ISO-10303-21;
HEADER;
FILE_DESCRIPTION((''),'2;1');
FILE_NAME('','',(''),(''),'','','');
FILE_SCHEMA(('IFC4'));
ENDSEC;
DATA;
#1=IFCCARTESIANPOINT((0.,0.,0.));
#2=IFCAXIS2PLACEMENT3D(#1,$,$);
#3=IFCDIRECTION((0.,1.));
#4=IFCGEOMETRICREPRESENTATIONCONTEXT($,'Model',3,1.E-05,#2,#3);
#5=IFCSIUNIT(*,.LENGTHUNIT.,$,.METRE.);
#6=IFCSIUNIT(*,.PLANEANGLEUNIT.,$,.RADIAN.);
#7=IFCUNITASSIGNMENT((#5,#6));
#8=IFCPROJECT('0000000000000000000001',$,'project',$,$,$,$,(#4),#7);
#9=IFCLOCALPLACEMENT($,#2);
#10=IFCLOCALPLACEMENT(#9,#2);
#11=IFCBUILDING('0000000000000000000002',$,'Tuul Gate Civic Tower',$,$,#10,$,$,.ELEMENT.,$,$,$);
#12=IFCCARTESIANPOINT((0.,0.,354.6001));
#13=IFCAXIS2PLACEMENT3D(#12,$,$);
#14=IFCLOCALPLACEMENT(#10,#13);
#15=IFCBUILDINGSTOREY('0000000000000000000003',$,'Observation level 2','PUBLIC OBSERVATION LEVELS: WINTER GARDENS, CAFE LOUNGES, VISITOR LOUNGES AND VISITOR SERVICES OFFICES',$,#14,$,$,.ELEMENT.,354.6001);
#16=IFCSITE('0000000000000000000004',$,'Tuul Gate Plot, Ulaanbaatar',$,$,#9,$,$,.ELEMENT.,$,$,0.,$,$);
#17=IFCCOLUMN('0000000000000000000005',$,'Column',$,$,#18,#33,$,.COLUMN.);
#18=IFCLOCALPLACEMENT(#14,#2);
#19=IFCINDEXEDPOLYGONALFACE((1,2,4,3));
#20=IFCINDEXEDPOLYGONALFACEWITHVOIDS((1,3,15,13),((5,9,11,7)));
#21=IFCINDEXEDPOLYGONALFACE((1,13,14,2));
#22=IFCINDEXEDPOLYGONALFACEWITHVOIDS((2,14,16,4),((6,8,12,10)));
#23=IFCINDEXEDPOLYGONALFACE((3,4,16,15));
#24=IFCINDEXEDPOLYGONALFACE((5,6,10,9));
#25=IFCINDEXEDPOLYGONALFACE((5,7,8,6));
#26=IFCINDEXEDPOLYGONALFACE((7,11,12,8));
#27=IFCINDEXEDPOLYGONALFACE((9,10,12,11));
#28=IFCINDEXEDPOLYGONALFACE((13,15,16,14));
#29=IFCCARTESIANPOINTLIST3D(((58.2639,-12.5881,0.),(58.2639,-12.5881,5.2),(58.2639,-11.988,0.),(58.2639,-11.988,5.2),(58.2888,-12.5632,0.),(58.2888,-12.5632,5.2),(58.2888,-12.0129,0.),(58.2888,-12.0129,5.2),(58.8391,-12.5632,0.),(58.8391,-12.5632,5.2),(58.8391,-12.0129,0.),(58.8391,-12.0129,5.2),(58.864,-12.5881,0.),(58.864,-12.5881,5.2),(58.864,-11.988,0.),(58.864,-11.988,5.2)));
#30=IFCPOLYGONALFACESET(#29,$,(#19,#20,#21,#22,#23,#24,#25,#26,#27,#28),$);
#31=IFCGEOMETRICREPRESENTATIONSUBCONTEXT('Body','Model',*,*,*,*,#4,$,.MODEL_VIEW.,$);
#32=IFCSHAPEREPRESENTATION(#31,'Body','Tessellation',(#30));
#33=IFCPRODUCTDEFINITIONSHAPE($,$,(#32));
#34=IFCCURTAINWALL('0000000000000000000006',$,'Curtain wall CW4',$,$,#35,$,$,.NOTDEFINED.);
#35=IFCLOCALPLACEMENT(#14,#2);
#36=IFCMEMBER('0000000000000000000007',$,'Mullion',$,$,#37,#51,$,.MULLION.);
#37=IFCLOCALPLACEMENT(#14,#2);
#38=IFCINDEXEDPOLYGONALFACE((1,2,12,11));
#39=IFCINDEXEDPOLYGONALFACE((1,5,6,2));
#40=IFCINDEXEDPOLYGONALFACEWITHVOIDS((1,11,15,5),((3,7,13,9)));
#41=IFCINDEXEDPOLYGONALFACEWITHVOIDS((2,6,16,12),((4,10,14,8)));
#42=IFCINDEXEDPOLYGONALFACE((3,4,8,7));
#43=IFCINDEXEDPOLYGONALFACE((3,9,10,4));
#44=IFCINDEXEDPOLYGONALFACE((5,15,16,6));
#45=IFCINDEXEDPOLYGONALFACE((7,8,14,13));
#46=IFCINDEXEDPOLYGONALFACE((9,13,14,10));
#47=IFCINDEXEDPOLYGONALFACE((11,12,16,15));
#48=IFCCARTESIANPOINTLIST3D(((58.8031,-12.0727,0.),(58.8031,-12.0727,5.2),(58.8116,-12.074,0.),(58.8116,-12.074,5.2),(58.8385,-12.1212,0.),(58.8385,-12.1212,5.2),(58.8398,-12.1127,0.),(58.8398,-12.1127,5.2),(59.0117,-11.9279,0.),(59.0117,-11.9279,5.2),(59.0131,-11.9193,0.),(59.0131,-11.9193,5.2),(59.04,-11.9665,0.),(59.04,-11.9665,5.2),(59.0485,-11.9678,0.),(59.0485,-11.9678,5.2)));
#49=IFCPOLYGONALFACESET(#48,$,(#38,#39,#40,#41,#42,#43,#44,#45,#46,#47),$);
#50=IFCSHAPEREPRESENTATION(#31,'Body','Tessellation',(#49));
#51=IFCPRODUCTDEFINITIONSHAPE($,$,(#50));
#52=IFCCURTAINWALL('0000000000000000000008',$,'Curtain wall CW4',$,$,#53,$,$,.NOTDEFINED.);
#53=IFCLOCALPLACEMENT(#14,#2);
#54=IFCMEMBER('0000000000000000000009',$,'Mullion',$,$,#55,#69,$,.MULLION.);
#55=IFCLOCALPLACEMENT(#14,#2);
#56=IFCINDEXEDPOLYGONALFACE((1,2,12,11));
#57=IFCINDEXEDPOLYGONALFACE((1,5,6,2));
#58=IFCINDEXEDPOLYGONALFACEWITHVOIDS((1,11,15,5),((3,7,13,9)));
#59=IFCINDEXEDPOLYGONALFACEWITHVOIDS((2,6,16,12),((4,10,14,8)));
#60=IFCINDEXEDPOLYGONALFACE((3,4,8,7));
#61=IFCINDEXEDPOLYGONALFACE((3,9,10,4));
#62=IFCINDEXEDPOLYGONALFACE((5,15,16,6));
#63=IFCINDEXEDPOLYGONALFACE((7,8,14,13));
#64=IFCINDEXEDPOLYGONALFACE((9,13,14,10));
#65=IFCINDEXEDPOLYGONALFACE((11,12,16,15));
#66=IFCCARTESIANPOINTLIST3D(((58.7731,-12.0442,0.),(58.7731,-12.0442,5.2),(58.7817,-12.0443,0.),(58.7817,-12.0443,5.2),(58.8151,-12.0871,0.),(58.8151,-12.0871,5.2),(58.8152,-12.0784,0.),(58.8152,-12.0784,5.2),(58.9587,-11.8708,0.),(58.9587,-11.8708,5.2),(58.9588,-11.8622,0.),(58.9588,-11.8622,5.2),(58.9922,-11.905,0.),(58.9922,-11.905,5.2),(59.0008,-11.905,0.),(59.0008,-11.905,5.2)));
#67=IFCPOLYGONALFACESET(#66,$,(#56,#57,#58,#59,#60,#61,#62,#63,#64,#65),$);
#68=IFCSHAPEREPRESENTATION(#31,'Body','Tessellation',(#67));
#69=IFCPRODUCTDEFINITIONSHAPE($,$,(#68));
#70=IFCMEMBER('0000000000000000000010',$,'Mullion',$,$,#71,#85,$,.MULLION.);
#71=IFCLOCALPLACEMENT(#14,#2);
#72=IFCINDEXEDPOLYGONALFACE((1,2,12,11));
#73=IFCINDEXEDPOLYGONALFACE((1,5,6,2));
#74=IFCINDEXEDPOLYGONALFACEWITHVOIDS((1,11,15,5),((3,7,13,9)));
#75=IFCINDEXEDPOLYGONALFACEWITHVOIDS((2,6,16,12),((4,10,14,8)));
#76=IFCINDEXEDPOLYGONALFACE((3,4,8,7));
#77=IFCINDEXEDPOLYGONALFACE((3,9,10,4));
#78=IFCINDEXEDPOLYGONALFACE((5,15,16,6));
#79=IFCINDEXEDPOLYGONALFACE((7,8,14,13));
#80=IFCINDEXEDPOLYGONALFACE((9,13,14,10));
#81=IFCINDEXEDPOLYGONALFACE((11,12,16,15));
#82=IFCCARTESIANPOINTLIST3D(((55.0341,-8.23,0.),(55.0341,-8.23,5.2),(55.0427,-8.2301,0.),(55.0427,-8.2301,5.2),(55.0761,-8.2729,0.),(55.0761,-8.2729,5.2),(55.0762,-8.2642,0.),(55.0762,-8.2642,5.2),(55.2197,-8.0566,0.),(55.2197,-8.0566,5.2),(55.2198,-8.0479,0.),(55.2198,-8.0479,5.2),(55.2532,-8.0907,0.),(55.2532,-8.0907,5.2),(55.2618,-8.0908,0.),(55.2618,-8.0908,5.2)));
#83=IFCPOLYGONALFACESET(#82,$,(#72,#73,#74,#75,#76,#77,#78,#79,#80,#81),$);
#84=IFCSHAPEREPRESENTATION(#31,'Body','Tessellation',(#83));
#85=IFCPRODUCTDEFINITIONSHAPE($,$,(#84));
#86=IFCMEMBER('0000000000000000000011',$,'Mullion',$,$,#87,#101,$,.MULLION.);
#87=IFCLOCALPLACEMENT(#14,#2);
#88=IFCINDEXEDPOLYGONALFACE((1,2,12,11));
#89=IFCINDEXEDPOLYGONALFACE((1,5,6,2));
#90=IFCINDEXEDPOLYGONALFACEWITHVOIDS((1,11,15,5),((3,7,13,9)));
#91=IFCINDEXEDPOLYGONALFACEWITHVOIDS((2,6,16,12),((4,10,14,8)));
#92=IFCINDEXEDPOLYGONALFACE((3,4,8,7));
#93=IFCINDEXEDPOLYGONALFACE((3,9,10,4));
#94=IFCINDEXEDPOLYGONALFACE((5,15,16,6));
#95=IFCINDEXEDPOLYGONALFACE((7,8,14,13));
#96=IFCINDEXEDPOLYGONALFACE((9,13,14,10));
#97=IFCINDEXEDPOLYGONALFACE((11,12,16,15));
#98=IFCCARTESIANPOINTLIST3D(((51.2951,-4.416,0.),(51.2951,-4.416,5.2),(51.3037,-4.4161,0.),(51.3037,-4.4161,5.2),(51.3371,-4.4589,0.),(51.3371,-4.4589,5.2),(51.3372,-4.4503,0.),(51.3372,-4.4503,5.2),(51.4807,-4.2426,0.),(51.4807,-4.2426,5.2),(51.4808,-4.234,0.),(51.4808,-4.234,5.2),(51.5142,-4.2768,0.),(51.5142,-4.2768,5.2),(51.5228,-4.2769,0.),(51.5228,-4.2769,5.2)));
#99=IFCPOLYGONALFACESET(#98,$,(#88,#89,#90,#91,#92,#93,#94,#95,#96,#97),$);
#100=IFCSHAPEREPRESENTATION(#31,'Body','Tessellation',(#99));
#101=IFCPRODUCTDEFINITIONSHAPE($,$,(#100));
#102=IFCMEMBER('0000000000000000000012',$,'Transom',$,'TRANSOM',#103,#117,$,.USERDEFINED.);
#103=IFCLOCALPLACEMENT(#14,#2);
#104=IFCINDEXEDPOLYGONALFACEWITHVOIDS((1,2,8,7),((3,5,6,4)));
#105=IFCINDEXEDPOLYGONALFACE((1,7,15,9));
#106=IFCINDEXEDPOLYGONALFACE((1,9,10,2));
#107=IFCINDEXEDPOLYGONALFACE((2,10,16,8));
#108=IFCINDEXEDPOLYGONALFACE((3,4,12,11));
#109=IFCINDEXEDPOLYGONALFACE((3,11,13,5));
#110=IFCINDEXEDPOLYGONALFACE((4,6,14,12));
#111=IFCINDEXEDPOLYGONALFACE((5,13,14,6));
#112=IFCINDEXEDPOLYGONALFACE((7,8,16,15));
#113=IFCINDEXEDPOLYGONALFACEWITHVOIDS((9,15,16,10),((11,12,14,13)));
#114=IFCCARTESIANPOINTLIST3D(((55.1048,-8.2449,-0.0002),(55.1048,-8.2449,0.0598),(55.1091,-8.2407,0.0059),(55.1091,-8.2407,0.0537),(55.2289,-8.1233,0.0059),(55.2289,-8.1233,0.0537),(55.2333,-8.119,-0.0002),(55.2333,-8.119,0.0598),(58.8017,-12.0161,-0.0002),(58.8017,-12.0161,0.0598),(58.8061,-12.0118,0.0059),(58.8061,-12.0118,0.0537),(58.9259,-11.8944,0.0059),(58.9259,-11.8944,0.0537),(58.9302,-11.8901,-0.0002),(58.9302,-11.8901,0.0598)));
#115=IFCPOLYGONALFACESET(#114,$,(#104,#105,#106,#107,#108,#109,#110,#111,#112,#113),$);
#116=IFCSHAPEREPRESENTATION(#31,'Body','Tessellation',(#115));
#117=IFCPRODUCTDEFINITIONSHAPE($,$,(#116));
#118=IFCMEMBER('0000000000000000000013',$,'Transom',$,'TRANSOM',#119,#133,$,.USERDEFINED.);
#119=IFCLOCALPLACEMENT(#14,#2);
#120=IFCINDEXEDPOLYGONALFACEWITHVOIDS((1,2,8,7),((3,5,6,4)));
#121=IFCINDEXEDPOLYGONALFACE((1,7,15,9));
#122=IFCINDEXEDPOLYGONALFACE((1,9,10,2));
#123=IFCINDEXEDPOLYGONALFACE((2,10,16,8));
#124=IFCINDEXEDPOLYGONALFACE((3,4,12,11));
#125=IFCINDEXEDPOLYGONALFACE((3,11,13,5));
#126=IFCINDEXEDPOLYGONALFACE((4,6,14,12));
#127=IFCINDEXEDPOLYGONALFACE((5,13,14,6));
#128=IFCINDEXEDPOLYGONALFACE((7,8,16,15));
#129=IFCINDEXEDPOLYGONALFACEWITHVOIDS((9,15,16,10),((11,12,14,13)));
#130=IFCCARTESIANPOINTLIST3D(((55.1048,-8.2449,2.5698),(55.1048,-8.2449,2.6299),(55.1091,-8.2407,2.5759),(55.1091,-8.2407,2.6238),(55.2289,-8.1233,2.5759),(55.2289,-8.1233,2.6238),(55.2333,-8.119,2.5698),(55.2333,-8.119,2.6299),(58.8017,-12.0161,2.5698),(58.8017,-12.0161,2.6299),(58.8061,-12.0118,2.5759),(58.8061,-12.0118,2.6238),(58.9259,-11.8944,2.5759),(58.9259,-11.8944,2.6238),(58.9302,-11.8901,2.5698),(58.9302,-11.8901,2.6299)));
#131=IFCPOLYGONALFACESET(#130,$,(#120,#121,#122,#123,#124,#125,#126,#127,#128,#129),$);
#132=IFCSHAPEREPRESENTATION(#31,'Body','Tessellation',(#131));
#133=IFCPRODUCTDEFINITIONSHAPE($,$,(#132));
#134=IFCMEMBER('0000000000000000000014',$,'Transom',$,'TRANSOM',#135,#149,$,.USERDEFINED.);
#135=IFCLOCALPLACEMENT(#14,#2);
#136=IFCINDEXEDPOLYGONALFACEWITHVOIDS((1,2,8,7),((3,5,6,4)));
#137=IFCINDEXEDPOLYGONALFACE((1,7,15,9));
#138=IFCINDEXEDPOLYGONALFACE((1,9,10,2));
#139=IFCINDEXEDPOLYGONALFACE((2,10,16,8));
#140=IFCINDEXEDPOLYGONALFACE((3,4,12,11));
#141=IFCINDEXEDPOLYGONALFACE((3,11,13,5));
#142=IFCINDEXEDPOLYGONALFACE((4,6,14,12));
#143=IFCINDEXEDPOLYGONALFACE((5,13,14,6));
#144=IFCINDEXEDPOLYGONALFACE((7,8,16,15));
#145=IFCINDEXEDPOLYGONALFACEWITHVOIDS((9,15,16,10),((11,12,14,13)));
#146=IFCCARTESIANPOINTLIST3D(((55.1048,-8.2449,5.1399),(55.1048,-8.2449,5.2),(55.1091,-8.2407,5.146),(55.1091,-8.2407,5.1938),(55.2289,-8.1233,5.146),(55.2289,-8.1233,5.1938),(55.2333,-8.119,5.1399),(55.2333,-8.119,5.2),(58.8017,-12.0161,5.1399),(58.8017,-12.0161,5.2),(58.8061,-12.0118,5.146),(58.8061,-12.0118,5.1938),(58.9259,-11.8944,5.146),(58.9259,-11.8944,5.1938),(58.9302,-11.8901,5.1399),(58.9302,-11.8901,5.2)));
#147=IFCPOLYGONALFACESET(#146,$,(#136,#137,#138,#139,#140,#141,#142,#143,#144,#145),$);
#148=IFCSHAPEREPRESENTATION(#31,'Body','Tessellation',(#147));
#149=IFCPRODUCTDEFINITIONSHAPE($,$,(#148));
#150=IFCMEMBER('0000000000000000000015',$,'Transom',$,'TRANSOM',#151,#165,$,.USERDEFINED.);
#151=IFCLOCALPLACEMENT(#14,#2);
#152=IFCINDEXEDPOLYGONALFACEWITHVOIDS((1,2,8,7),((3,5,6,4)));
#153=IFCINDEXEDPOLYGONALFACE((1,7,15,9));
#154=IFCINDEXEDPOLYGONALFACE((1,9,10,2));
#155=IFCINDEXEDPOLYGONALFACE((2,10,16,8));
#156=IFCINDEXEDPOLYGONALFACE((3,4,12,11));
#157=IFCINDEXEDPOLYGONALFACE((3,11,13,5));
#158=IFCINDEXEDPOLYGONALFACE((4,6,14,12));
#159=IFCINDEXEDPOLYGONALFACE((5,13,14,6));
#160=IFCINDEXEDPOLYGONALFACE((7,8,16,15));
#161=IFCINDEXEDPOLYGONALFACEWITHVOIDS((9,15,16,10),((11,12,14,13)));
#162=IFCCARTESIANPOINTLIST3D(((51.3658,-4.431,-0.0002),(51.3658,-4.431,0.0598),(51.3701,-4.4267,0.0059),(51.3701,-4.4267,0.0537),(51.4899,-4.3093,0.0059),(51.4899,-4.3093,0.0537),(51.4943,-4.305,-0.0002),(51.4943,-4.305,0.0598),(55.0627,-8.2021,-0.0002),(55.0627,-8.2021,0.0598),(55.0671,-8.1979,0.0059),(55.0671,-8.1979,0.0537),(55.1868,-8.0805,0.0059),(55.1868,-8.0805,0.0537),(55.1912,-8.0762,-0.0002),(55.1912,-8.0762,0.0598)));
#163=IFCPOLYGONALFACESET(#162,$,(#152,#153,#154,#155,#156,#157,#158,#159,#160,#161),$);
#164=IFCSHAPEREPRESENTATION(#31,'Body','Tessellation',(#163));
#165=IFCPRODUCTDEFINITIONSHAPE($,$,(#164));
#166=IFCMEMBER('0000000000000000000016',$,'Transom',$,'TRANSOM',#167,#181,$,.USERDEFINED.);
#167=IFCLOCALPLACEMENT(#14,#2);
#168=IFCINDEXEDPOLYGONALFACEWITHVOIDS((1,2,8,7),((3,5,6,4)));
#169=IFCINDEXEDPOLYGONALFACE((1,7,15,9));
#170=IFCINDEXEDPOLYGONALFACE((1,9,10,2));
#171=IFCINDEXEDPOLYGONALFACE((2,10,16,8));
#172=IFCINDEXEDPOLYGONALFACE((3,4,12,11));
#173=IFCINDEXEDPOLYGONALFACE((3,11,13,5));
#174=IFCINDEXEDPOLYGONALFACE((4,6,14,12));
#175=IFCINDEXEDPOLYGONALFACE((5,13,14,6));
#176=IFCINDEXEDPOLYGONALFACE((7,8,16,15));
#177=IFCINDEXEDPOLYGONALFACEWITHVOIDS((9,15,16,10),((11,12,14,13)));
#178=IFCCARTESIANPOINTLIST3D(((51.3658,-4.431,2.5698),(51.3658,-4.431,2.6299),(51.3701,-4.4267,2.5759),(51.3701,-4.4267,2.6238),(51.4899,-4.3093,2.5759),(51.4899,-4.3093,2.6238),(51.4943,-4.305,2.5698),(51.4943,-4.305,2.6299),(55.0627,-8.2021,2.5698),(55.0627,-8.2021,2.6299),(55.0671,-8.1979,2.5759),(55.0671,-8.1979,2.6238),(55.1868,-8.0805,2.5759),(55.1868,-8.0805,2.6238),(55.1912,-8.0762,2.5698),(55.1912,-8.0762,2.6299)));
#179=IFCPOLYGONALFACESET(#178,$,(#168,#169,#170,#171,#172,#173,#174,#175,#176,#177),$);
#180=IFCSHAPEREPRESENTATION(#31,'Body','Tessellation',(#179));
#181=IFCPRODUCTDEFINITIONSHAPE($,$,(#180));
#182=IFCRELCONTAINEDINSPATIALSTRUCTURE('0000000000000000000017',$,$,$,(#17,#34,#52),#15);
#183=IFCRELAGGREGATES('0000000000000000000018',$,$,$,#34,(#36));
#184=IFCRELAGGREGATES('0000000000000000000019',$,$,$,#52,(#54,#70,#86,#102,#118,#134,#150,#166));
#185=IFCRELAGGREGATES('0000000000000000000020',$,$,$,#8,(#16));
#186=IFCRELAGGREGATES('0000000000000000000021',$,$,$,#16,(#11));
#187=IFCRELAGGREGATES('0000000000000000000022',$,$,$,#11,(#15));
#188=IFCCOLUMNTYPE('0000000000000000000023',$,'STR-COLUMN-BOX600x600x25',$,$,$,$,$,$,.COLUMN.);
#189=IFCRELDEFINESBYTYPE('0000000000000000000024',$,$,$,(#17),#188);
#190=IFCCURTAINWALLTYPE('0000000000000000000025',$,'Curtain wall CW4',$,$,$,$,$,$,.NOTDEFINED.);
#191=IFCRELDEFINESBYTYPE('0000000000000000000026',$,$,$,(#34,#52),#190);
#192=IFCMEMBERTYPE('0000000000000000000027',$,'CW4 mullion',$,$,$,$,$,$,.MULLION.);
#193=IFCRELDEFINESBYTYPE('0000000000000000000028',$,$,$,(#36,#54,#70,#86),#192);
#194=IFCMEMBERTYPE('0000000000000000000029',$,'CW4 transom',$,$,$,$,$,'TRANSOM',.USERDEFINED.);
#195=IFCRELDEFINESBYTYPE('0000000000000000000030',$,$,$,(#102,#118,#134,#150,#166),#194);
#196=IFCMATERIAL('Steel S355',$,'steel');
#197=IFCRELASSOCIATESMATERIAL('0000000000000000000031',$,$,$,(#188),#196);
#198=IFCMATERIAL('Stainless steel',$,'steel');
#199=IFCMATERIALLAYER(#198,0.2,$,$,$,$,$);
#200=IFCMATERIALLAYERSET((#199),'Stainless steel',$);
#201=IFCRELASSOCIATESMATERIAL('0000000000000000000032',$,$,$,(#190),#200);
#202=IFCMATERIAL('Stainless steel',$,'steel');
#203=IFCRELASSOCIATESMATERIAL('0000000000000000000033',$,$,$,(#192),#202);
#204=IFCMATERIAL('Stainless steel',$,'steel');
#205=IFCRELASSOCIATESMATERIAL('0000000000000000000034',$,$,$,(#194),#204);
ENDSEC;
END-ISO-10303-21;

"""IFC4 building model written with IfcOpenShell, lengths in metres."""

from ifc_helpers import new_model, si_unit, direction, frame, origin, origin_2d, place, context, subcontext, project, spatial, hollow_rectangle, extrude, material, layer, layer_set, material_profile, profile_set, type_object, element, aggregate, save


model = new_model("IFC4")

# Units and contexts
model_context = context("Model", 3, precision=1e-05, world=origin(), true_north=direction((0.0, 1.0)))
body_context = subcontext(model_context, "Body", "Model", "MODEL_VIEW")
ifc_project = project(units=[si_unit("LENGTHUNIT", "METRE"), si_unit("PLANEANGLEUNIT", "RADIAN")], contexts=[model_context])

# Site, building, storey
site_placement = place(None, origin())
site = spatial("IfcSite", under=ifc_project, at=site_placement, Name="Tuul Gate Plot, Ulaanbaatar", CompositionType="ELEMENT", RefElevation=0.0)
building_placement = place(site_placement, origin())
building = spatial("IfcBuilding", under=site, at=building_placement, Name="Tuul Gate Civic Tower", CompositionType="ELEMENT")
storey_placement = place(building_placement, frame((0.0, 0.0, 354.6001)))
storey = spatial("IfcBuildingStorey", under=building, at=storey_placement, Name="Observation level 2", Description="PUBLIC OBSERVATION LEVELS: WINTER GARDENS, CAFE LOUNGES, VISITOR LOUNGES AND VISITOR SERVICES OFFICES", CompositionType="ELEMENT", Elevation=354.6001)

# Column
ifc_material_1 = material(Name="Steel S355", Category="steel")
ifc_material_profile_1 = material_profile(ifc_material_1, hollow_rectangle(XDim=0.6001, YDim=0.6001, WallThickness=0.0249, at=origin_2d()), Name="BOX600x600x25")
ifc_profile_set_1 = profile_set([ifc_material_profile_1], Name="Steel S355")
column_type = type_object("IfcColumnType", Name="STR-COLUMN-BOX600x600x25", PredefinedType="COLUMN", material=ifc_profile_set_1)
column_placement = place(storey_placement, frame((58.564, -12.2881, 0.0), z_axis=(0.0, 0.0, 1.0), x_axis=(1.0, 0.0, 0.0)))
element("IfcColumn", 1, at=column_placement, inside=storey, type_object=column_type, Name="Column", PredefinedType="COLUMN", context=body_context, shape_type="SweptSolid", body=[
    extrude(hollow_rectangle(XDim=0.6001, YDim=0.6001, WallThickness=0.0249, at=origin_2d()), origin(), (0.0, 0.0, 1.0), 5.2),
])

# Curtain wall, member
ifc_material_2 = material(Name="Stainless steel", Category="steel")
ifc_layer_1 = layer(ifc_material_2, 0.2)
ifc_layer_set_1 = layer_set([ifc_layer_1], Name="Stainless steel")
curtain_wall_type = type_object("IfcCurtainWallType", Name="Curtain wall CW4", PredefinedType="NOTDEFINED", material=ifc_layer_set_1)
curtain_wall_1_placement = place(storey_placement, origin())
curtain_wall_1 = element("IfcCurtainWall", 2, at=curtain_wall_1_placement, inside=storey, type_object=curtain_wall_type, Name="Curtain wall CW4", PredefinedType="NOTDEFINED")
ifc_material_3 = material(Name="Stainless steel", Category="steel")
ifc_material_profile_2 = material_profile(ifc_material_3, hollow_rectangle(XDim=0.26, YDim=0.0601, WallThickness=0.0061, at=origin_2d()), Name="CW4 mullion")
ifc_profile_set_2 = profile_set([ifc_material_profile_2], Name="Stainless steel")
member_type_1 = type_object("IfcMemberType", Name="CW4 mullion", PredefinedType="MULLION", material=ifc_profile_set_2)
member_1_placement = place(storey_placement, frame((58.9258, -12.0203, 0.0), z_axis=(0.0, 0.0, 1.0), x_axis=(-0.807578, -0.58976, 0.0)))
member_1 = element("IfcMember", 3, at=member_1_placement, type_object=member_type_1, Name="Mullion", PredefinedType="MULLION", context=body_context, shape_type="SweptSolid", body=[
    extrude(hollow_rectangle(XDim=0.26, YDim=0.0601, WallThickness=0.0061, at=origin_2d()), origin(), (0.0, 0.0, 1.0), 5.2),
])

# Curtain wall, members
curtain_wall_2_placement = place(storey_placement, origin())
curtain_wall_2 = element("IfcCurtainWall", 4, at=curtain_wall_2_placement, inside=storey, type_object=curtain_wall_type, Name="Curtain wall CW4", PredefinedType="NOTDEFINED")
member_2_placement = place(storey_placement, frame((58.887, -11.9746, 0.0), z_axis=(0.0, 0.0, 1.0), x_axis=(-0.7141, -0.700043, 0.0)))
member_2 = element("IfcMember", 5, at=member_2_placement, type_object=member_type_1, Name="Mullion", PredefinedType="MULLION", context=body_context, shape_type="SweptSolid", body=[
    extrude(hollow_rectangle(XDim=0.26, YDim=0.0601, WallThickness=0.0061, at=origin_2d()), origin(), (0.0, 0.0, 1.0), 5.2),
])
member_3_placement = place(storey_placement, frame((55.1479, -8.1604, 0.0), z_axis=(0.0, 0.0, 1.0), x_axis=(-0.7141, -0.700043, 0.0)))
member_3 = element("IfcMember", 6, at=member_3_placement, type_object=member_type_1, Name="Mullion", PredefinedType="MULLION", context=body_context, shape_type="SweptSolid", body=[
    extrude(hollow_rectangle(XDim=0.26, YDim=0.0601, WallThickness=0.0061, at=origin_2d()), origin(), (0.0, 0.0, 1.0), 5.2),
])
member_4_placement = place(storey_placement, frame((51.4089, -4.3464, 0.0), z_axis=(0.0, 0.0, 1.0), x_axis=(-0.7141, -0.700043, 0.0)))
member_4 = element("IfcMember", 7, at=member_4_placement, type_object=member_type_1, Name="Mullion", PredefinedType="MULLION", context=body_context, shape_type="SweptSolid", body=[
    extrude(hollow_rectangle(XDim=0.26, YDim=0.0601, WallThickness=0.0061, at=origin_2d()), origin(), (0.0, 0.0, 1.0), 5.2),
])
ifc_material_4 = material(Name="Stainless steel", Category="steel")
ifc_material_profile_3 = material_profile(ifc_material_4, hollow_rectangle(XDim=0.1799, YDim=0.0601, WallThickness=0.0061, at=origin_2d()), Name="CW4 transom")
ifc_profile_set_3 = profile_set([ifc_material_profile_3], Name="Stainless steel")
member_type_2 = type_object("IfcMemberType", Name="CW4 transom", ElementType="TRANSOM", PredefinedType="USERDEFINED", material=ifc_profile_set_3)
member_5_placement = place(storey_placement, frame((58.866, -11.9531, 0.0298), z_axis=(-0.700045, 0.714099, 0.0), x_axis=(-0.714099, -0.700045, 0.0)))
member_5 = element("IfcMember", 8, at=member_5_placement, type_object=member_type_2, Name="Transom", ObjectType="TRANSOM", PredefinedType="USERDEFINED", context=body_context, shape_type="SweptSolid", body=[
    extrude(hollow_rectangle(XDim=0.1799, YDim=0.0601, WallThickness=0.0061, at=origin_2d()), origin(), (0.0, 0.0, 1.0), 5.281),
])
member_6_placement = place(storey_placement, frame((58.866, -11.9531, 2.5999), z_axis=(-0.700045, 0.714099, 0.0), x_axis=(-0.714099, -0.700045, 0.0)))
member_6 = element("IfcMember", 9, at=member_6_placement, type_object=member_type_2, Name="Transom", ObjectType="TRANSOM", PredefinedType="USERDEFINED", context=body_context, shape_type="SweptSolid", body=[
    extrude(hollow_rectangle(XDim=0.1799, YDim=0.0601, WallThickness=0.0061, at=origin_2d()), origin(), (0.0, 0.0, 1.0), 5.281),
])
member_7_placement = place(storey_placement, frame((58.866, -11.9531, 5.1699), z_axis=(-0.700045, 0.714099, 0.0), x_axis=(-0.714099, -0.700045, 0.0)))
member_7 = element("IfcMember", 10, at=member_7_placement, type_object=member_type_2, Name="Transom", ObjectType="TRANSOM", PredefinedType="USERDEFINED", context=body_context, shape_type="SweptSolid", body=[
    extrude(hollow_rectangle(XDim=0.1799, YDim=0.0601, WallThickness=0.0061, at=origin_2d()), origin(), (0.0, 0.0, 1.0), 5.281),
])
member_8_placement = place(storey_placement, frame((55.127, -8.1392, 0.0298), z_axis=(-0.700045, 0.714099, 0.0), x_axis=(-0.714099, -0.700045, 0.0)))
member_8 = element("IfcMember", 11, at=member_8_placement, type_object=member_type_2, Name="Transom", ObjectType="TRANSOM", PredefinedType="USERDEFINED", context=body_context, shape_type="SweptSolid", body=[
    extrude(hollow_rectangle(XDim=0.1799, YDim=0.0601, WallThickness=0.0061, at=origin_2d()), origin(), (0.0, 0.0, 1.0), 5.281),
])
member_9_placement = place(storey_placement, frame((55.127, -8.1392, 2.5999), z_axis=(-0.700045, 0.714099, 0.0), x_axis=(-0.714099, -0.700045, 0.0)))
member_9 = element("IfcMember", 12, at=member_9_placement, type_object=member_type_2, Name="Transom", ObjectType="TRANSOM", PredefinedType="USERDEFINED", context=body_context, shape_type="SweptSolid", body=[
    extrude(hollow_rectangle(XDim=0.1799, YDim=0.0601, WallThickness=0.0061, at=origin_2d()), origin(), (0.0, 0.0, 1.0), 5.281),
])

aggregate(curtain_wall_1, [member_1])
aggregate(curtain_wall_2, [member_2, member_3, member_4, member_5, member_6, member_7, member_8, member_9])

save(model, "model.ifc")
